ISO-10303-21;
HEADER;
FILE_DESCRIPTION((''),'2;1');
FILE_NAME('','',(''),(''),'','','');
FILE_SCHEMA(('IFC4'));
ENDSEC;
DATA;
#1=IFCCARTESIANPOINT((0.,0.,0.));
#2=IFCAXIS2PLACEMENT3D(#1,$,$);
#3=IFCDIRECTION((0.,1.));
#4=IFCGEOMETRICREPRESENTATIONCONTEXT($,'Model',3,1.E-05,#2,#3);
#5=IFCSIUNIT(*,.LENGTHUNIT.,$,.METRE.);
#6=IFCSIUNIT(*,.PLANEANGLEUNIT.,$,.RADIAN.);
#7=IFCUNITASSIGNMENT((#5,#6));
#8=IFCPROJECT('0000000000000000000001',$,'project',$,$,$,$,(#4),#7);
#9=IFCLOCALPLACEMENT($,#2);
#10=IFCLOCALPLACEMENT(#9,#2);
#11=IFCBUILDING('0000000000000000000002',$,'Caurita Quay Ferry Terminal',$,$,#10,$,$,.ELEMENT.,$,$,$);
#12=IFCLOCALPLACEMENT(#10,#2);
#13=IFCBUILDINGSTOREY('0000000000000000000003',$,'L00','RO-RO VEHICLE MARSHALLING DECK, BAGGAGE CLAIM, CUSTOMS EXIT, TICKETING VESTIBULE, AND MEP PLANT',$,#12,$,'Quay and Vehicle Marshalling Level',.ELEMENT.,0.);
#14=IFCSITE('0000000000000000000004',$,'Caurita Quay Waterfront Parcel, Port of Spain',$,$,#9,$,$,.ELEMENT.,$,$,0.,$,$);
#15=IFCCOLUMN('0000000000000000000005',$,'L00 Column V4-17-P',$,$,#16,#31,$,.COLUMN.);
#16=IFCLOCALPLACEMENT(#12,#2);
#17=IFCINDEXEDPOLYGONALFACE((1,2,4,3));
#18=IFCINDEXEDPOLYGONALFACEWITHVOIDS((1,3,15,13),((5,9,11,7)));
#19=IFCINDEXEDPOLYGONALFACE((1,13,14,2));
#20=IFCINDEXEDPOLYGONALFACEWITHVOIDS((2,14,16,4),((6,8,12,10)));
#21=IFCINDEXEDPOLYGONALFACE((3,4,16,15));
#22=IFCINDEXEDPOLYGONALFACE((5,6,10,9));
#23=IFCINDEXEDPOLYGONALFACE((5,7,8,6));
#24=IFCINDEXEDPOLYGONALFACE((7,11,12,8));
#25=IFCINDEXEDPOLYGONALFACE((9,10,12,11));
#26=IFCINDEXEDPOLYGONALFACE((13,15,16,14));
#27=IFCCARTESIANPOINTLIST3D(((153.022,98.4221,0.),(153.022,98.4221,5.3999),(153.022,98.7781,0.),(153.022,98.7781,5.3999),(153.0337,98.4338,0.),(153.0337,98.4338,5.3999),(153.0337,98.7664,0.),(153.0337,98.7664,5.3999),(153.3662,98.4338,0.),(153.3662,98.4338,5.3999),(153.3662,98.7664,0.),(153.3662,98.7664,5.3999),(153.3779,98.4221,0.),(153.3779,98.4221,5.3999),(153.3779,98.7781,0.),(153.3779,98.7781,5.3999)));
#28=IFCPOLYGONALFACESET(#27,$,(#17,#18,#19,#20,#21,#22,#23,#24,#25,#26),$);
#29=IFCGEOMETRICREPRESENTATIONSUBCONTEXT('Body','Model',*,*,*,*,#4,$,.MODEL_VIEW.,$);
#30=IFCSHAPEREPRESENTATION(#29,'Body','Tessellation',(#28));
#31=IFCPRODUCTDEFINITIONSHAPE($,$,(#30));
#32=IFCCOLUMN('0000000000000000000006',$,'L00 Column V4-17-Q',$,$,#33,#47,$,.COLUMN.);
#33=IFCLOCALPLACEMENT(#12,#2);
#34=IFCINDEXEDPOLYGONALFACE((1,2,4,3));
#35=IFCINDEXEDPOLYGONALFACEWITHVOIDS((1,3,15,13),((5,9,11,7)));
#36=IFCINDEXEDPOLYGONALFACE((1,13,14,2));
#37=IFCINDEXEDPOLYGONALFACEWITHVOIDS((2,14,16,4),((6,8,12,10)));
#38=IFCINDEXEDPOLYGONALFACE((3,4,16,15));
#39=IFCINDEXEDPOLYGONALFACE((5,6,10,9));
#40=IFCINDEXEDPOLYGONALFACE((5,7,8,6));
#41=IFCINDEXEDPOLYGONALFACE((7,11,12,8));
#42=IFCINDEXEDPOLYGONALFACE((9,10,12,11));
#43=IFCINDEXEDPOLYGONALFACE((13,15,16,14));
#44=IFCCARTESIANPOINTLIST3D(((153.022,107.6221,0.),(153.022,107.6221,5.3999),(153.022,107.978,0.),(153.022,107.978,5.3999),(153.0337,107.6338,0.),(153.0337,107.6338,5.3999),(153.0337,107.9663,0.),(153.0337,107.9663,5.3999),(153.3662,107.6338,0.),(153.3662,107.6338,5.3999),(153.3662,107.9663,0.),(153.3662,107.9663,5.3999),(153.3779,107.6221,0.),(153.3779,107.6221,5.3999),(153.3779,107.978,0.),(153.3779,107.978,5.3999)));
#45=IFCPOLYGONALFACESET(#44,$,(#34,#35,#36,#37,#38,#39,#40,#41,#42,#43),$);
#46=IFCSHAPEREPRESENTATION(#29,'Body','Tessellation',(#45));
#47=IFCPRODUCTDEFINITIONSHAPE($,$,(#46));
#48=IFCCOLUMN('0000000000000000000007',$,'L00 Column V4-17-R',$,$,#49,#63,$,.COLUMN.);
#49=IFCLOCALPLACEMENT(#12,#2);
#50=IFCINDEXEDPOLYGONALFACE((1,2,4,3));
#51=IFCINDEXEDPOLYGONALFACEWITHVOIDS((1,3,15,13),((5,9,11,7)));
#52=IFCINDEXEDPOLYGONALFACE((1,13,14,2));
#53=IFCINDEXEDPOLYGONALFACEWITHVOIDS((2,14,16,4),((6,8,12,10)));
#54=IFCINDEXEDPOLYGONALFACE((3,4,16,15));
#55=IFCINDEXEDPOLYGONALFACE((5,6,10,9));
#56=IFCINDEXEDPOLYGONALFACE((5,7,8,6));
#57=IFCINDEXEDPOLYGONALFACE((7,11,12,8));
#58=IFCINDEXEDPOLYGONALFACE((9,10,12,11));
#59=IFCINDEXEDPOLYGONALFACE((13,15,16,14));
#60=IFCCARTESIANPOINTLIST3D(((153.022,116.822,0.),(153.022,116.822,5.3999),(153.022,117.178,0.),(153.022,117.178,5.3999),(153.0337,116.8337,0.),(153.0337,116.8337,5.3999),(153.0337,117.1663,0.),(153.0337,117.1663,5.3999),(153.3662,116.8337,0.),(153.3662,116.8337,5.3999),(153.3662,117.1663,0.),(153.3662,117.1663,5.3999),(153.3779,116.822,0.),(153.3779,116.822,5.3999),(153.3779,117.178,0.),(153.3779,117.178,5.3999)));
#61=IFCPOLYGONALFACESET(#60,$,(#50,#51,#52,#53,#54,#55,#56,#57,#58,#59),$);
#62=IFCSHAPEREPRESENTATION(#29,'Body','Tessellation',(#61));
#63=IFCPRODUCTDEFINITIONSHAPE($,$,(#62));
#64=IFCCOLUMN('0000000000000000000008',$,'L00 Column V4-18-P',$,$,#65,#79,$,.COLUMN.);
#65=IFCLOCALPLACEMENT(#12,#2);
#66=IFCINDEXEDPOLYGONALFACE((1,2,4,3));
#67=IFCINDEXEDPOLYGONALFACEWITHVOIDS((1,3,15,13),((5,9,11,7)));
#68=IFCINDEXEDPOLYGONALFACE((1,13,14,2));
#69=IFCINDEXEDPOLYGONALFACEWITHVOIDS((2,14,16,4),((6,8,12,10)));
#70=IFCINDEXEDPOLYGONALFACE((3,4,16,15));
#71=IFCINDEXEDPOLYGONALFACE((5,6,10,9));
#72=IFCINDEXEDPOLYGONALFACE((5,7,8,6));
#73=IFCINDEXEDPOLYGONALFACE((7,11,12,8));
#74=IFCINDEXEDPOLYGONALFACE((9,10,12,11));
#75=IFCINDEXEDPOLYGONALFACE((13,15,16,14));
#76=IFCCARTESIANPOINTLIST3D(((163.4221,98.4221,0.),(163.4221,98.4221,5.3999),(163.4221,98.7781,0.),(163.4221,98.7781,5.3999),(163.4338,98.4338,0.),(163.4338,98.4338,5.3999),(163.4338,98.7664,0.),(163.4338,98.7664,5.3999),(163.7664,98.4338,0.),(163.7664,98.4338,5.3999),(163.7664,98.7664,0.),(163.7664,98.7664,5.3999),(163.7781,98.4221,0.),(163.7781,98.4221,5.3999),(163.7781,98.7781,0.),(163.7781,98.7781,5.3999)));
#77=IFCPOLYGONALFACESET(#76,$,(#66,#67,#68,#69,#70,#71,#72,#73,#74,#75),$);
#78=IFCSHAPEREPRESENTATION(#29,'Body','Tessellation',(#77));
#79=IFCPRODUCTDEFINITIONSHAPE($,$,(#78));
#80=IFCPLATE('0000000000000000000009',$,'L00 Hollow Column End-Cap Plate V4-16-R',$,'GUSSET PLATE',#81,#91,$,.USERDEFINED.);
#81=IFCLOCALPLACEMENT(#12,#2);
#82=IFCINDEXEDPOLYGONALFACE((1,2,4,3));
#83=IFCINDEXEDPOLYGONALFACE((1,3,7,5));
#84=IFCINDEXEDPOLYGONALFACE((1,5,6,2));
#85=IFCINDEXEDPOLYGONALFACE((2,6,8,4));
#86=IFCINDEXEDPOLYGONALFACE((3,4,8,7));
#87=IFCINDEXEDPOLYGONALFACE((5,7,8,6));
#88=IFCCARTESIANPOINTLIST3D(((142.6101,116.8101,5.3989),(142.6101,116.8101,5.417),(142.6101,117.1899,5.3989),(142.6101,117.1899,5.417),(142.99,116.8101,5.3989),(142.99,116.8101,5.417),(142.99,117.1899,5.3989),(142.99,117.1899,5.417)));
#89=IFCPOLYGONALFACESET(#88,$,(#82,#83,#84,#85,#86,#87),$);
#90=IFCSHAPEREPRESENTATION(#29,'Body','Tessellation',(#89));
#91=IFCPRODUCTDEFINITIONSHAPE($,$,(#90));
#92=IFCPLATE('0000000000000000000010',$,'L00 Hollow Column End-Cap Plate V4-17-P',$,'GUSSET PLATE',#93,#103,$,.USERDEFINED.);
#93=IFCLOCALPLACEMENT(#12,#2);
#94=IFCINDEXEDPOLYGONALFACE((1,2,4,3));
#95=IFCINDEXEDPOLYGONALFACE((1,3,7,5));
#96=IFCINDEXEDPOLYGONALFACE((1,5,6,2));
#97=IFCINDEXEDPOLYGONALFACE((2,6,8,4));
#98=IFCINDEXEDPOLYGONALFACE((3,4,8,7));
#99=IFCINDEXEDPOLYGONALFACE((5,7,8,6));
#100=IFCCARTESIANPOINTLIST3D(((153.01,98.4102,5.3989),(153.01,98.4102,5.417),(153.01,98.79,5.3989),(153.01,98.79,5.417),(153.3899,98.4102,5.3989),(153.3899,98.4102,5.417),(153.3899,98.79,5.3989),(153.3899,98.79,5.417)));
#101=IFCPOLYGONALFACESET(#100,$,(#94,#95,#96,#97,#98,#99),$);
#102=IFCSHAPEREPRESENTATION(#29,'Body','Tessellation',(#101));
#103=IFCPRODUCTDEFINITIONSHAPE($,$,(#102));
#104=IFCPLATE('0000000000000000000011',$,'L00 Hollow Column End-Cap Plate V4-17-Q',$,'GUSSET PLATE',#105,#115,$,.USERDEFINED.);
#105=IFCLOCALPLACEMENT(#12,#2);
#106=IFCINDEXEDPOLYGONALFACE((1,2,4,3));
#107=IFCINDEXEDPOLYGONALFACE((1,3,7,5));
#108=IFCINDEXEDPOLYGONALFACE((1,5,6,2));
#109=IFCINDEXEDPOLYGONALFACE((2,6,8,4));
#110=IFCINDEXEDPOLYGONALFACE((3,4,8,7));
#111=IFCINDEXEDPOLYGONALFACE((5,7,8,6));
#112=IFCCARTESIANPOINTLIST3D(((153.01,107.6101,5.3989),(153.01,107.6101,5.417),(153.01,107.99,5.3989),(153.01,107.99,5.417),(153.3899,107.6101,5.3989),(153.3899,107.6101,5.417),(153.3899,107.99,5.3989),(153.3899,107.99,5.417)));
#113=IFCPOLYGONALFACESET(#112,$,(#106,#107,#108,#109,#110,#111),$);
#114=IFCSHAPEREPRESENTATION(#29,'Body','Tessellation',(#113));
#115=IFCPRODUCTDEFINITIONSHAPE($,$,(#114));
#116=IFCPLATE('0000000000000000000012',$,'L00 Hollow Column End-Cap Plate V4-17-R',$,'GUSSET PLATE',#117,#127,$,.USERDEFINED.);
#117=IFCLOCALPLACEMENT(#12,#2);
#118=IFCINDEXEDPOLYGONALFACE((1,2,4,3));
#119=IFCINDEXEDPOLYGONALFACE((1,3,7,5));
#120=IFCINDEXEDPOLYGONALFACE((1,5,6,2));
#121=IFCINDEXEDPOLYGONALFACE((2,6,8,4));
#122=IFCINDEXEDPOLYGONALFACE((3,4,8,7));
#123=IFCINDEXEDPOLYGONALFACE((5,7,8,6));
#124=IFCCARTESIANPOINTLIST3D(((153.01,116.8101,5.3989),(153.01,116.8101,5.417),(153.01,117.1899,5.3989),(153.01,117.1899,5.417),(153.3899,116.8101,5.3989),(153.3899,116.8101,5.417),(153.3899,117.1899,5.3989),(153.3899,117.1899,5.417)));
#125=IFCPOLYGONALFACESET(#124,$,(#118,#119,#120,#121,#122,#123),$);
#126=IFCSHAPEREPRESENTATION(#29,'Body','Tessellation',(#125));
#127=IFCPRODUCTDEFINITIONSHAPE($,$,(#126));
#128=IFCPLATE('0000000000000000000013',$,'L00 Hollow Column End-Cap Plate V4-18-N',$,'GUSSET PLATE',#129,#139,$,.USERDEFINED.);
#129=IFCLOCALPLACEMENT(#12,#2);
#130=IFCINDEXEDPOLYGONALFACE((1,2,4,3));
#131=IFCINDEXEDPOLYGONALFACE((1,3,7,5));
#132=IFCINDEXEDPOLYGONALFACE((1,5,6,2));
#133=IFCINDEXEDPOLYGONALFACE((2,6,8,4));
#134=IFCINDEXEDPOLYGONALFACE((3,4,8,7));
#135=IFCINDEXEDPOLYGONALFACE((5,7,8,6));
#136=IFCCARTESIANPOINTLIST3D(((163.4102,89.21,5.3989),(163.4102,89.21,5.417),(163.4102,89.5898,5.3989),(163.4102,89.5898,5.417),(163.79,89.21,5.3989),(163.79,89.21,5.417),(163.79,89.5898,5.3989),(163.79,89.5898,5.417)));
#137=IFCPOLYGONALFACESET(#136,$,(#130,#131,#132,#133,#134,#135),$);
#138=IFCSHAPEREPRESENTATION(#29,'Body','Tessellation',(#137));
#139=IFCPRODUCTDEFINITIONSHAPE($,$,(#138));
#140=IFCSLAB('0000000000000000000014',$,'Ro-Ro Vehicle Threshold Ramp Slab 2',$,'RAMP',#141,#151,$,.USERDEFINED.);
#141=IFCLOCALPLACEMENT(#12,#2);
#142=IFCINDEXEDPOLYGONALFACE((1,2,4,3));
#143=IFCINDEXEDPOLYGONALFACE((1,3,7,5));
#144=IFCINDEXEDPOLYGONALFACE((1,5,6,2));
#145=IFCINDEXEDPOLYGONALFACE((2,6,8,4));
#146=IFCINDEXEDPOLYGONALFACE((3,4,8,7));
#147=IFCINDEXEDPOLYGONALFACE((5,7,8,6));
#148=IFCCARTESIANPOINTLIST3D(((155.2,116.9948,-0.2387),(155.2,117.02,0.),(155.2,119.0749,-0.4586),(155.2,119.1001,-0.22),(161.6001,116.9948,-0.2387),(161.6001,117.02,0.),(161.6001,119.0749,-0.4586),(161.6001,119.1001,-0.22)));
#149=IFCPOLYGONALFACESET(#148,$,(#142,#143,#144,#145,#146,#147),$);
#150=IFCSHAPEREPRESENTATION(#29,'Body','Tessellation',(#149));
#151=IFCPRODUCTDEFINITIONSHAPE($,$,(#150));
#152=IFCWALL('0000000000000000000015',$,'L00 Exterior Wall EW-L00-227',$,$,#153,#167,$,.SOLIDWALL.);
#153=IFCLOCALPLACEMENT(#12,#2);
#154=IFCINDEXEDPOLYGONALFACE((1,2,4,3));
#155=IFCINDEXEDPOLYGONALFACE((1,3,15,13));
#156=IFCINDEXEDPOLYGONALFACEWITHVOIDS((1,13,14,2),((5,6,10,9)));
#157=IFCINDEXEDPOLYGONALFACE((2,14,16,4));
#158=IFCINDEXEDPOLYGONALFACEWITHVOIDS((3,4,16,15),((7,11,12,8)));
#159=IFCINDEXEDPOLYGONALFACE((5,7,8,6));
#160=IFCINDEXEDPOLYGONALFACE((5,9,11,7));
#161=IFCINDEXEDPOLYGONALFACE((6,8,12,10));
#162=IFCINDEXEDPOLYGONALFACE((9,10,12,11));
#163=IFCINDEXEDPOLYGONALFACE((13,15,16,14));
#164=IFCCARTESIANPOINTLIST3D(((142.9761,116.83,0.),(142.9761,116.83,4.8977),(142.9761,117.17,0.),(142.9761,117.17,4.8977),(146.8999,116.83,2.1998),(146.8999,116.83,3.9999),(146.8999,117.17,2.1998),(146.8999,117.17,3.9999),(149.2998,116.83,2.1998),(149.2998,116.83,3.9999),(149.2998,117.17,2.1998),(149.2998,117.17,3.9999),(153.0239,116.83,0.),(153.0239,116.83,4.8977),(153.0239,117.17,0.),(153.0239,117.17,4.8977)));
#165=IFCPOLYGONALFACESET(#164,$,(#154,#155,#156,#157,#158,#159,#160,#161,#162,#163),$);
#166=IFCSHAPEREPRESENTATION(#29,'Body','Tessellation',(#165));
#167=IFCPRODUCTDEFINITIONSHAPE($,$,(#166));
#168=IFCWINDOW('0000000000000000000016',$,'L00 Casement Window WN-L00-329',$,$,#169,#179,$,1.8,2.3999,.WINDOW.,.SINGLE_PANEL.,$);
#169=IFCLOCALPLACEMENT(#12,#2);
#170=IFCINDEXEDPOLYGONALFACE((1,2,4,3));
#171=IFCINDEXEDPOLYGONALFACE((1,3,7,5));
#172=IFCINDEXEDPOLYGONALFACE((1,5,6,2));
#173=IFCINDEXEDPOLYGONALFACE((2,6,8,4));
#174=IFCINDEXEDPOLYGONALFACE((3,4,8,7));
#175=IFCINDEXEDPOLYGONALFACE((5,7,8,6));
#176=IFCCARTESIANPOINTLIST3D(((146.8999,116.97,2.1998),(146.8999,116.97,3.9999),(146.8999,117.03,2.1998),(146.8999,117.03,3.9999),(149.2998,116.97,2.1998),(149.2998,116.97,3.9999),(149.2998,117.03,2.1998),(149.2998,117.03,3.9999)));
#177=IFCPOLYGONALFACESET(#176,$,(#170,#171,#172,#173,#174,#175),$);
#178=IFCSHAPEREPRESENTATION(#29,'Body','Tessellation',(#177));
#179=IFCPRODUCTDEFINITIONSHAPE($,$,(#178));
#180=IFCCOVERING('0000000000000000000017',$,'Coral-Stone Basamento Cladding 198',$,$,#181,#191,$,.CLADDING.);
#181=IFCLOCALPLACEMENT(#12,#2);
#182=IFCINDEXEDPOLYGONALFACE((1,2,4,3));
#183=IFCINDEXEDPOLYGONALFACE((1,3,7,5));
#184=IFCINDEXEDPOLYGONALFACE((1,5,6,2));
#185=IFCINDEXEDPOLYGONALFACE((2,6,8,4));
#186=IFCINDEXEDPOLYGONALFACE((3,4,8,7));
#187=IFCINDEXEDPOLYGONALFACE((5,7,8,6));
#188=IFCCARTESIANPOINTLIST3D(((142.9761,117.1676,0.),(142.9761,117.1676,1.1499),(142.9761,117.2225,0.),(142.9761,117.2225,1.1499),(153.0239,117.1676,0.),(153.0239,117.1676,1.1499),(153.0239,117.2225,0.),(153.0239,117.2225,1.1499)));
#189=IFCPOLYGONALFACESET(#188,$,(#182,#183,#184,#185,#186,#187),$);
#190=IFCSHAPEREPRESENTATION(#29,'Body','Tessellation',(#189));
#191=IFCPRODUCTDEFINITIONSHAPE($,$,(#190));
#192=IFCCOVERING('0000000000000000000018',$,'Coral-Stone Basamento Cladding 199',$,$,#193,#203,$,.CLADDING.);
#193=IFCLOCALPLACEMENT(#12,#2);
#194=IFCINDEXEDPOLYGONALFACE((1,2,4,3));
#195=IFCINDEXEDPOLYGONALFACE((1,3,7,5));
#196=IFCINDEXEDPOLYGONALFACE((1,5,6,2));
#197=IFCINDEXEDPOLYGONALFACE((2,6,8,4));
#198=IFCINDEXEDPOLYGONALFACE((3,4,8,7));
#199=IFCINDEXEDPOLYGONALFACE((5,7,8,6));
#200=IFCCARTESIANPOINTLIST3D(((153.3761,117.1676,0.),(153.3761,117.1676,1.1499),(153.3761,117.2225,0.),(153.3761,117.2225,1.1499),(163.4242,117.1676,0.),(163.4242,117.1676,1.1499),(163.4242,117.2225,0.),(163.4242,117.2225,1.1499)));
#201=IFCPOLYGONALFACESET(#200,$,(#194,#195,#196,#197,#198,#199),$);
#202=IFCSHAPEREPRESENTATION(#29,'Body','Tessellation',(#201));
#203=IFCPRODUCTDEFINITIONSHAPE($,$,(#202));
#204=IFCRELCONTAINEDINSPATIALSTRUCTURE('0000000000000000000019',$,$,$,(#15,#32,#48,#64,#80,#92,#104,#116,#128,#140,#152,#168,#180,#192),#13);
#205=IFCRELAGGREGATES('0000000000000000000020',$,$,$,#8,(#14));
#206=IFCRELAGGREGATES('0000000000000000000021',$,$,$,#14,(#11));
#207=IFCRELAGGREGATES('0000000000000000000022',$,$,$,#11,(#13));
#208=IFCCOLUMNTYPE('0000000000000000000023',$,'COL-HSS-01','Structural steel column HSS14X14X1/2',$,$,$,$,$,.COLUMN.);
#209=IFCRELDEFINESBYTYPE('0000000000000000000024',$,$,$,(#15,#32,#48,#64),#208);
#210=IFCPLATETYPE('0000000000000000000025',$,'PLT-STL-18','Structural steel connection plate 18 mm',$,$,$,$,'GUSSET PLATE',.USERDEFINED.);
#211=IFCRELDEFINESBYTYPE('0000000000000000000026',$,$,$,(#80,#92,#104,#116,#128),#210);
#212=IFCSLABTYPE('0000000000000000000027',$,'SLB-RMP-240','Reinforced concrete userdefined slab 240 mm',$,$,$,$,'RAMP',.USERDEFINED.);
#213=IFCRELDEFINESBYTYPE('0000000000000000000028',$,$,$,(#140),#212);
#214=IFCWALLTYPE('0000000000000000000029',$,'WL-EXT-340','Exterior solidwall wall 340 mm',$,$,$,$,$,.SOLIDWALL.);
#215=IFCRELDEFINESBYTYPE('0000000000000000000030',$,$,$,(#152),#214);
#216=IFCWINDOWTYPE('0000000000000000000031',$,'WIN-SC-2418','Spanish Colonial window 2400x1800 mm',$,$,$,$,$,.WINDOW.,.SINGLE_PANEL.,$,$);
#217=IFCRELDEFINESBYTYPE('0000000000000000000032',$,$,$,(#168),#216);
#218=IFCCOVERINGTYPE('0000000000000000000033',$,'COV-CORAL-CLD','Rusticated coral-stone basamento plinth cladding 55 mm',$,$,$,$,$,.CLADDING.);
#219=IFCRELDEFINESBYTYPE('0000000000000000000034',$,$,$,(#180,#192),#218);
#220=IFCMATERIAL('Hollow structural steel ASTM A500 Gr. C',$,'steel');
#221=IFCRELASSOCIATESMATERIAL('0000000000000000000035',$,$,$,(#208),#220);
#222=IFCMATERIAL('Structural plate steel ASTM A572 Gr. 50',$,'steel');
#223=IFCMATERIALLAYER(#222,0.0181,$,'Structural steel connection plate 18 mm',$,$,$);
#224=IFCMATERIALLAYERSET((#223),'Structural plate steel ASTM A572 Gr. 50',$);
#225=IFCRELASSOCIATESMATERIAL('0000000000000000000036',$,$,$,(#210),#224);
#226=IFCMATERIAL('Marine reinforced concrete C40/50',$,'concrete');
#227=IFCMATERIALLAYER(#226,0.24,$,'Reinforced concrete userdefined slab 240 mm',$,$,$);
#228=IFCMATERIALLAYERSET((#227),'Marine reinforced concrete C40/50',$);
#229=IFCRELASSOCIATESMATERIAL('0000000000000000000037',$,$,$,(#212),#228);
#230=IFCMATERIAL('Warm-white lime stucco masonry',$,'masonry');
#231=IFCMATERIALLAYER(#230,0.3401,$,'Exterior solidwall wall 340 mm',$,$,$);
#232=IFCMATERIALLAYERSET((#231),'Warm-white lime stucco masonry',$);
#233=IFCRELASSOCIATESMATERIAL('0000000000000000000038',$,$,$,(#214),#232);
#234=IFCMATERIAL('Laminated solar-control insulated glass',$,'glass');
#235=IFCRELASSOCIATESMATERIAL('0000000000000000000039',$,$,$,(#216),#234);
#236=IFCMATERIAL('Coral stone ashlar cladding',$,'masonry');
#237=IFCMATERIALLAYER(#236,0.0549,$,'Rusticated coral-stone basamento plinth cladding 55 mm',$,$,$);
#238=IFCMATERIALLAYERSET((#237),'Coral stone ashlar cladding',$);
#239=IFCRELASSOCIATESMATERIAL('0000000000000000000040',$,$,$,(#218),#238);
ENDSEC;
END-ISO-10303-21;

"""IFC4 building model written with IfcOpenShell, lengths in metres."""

from ifc_helpers import new_model, si_unit, direction, frame, frame_2d, origin, origin_2d, place, context, subcontext, project, spatial, polyline, rectangle, hollow_rectangle, outline, extrude, material, layer, layer_set, material_profile, profile_set, type_object, element, fill, save


model = new_model("IFC4")

# Units and contexts
model_context = context("Model", 3, precision=1e-05, world=origin(), true_north=direction((0.0, 1.0)))
body_context = subcontext(model_context, "Body", "Model", "MODEL_VIEW")
ifc_project = project(units=[si_unit("LENGTHUNIT", "METRE"), si_unit("PLANEANGLEUNIT", "RADIAN")], contexts=[model_context])

# Site, building, storey
site_placement = place(None, origin())
site = spatial("IfcSite", under=ifc_project, at=site_placement, Name="Caurita Quay Waterfront Parcel, Port of Spain", CompositionType="ELEMENT", RefElevation=0.0)
building_placement = place(site_placement, origin())
building = spatial("IfcBuilding", under=site, at=building_placement, Name="Caurita Quay Ferry Terminal", CompositionType="ELEMENT")
storey_placement = place(building_placement, origin())
storey = spatial("IfcBuildingStorey", under=building, at=storey_placement, Name="L00", Description="RO-RO VEHICLE MARSHALLING DECK, BAGGAGE CLAIM, CUSTOMS EXIT, TICKETING VESTIBULE, AND MEP PLANT", LongName="Quay and Vehicle Marshalling Level", CompositionType="ELEMENT", Elevation=0.0)

# Shared definitions
ifc_material_1 = material(Name="Marine reinforced concrete C40/50", Category="concrete")

# Columns
ifc_material_2 = material(Name="Hollow structural steel ASTM A500 Gr. C", Category="steel")
ifc_material_profile_1 = material_profile(ifc_material_2, hollow_rectangle(XDim=0.356, YDim=0.356, WallThickness=0.0117, at=origin_2d()), Name="HSS14X14X1/2")
ifc_profile_set_1 = profile_set([ifc_material_profile_1], Name="Hollow structural steel ASTM A500 Gr. C")
column_type = type_object("IfcColumnType", Name="COL-HSS-01", Description="Structural steel column HSS14X14X1/2", PredefinedType="COLUMN", material=ifc_profile_set_1)
for number, where, z_axis, x_axis, name in (
    (1, (153.2, 98.6001, 0.0), (0.0, 0.0, 1.0), (1.0, 0.0, 0.0), "L00 Column V4-17-P"),
    (2, (153.2, 107.8, 0.0), (0.0, 0.0, 1.0), (1.0, 0.0, 0.0), "L00 Column V4-17-Q"),
    (3, (153.2, 117.0, 0.0), (0.0, 0.0, 1.0), (1.0, 0.0, 0.0), "L00 Column V4-17-R"),
    (4, (163.6001, 98.6001, 0.0), (0.0, 0.0, 1.0), (1.0, 0.0, 0.0), "L00 Column V4-18-P"),
):
    element("IfcColumn", number, at=place(storey_placement, frame(where, z_axis=z_axis, x_axis=x_axis)), inside=storey, type_object=column_type, Name=name, PredefinedType="COLUMN", context=body_context, shape_type="SweptSolid", body=[
        extrude(hollow_rectangle(XDim=0.356, YDim=0.356, WallThickness=0.0117, at=origin_2d()), origin(), (0.0, 0.0, 1.0), 5.3999),
    ])

# Plates
ifc_material_3 = material(Name="Structural plate steel ASTM A572 Gr. 50", Category="steel")
ifc_layer_1 = layer(ifc_material_3, 0.0181, Name="Structural steel connection plate 18 mm")
ifc_layer_set_1 = layer_set([ifc_layer_1], Name="Structural plate steel ASTM A572 Gr. 50")
plate_type = type_object("IfcPlateType", Name="PLT-STL-18", Description="Structural steel connection plate 18 mm", ElementType="GUSSET PLATE", PredefinedType="USERDEFINED", material=ifc_layer_set_1)
for number, where, z_axis, x_axis, name in (
    (5, (142.8, 117.0, 5.3989), (0.0, 0.0, 1.0), (1.0, 0.0, 0.0), "L00 Hollow Column End-Cap Plate V4-16-R"),
    (6, (153.2, 98.6001, 5.3989), (0.0, 0.0, 1.0), (1.0, 0.0, 0.0), "L00 Hollow Column End-Cap Plate V4-17-P"),
    (7, (153.2, 107.8, 5.3989), (0.0, 0.0, 1.0), (1.0, 0.0, 0.0), "L00 Hollow Column End-Cap Plate V4-17-Q"),
    (8, (153.2, 117.0, 5.3989), (0.0, 0.0, 1.0), (1.0, 0.0, 0.0), "L00 Hollow Column End-Cap Plate V4-17-R"),
    (9, (163.6001, 89.3999, 5.3989), (0.0, 0.0, 1.0), (1.0, 0.0, 0.0), "L00 Hollow Column End-Cap Plate V4-18-N"),
):
    element("IfcPlate", number, at=place(storey_placement, frame(where, z_axis=z_axis, x_axis=x_axis)), inside=storey, type_object=plate_type, Name=name, ObjectType="GUSSET PLATE", PredefinedType="USERDEFINED", context=body_context, shape_type="SweptSolid", body=[
        extrude(rectangle(XDim=0.3799, YDim=0.3799, at=origin_2d()), origin(), (0.0, 0.0, 1.0), 0.0181),
    ])

# Slab
ifc_layer_2 = layer(ifc_material_1, 0.24, Name="Reinforced concrete userdefined slab 240 mm")
ifc_layer_set_2 = layer_set([ifc_layer_2], Name="Marine reinforced concrete C40/50")
slab_type = type_object("IfcSlabType", Name="SLB-RMP-240", Description="Reinforced concrete userdefined slab 240 mm", ElementType="RAMP", PredefinedType="USERDEFINED", material=ifc_layer_set_2)
slab_placement = place(storey_placement, frame((155.2, 117.02, 0.0), z_axis=(0.0, 0.105165, 0.994455), x_axis=(1.0, 0.0, 0.0)))
element("IfcSlab", 10, at=slab_placement, inside=storey, type_object=slab_type, Name="Ro-Ro Vehicle Threshold Ramp Slab 2", ObjectType="RAMP", PredefinedType="USERDEFINED", context=body_context, shape_type="SweptSolid", body=[
    extrude(outline(polyline([(0.0, 0.0), (6.4001, 0.0), (6.4001, 2.0917), (0.0, 2.0917), (0.0, 0.0)])), origin(), (0.0, 0.0, -1.0), 0.24),
])

# Wall, opening, window
ifc_material_4 = material(Name="Warm-white lime stucco masonry", Category="masonry")
ifc_layer_3 = layer(ifc_material_4, 0.3401, Name="Exterior solidwall wall 340 mm")
ifc_layer_set_3 = layer_set([ifc_layer_3], Name="Warm-white lime stucco masonry")
wall_type = type_object("IfcWallType", Name="WL-EXT-340", Description="Exterior solidwall wall 340 mm", PredefinedType="SOLIDWALL", material=ifc_layer_set_3)
wall_1_placement = place(storey_placement, frame((153.0239, 117.0, 0.0), z_axis=(0.0, 0.0, 1.0), x_axis=(-1.0, 0.0, 0.0)))
wall_1 = element("IfcWall", 11, at=wall_1_placement, inside=storey, type_object=wall_type, Name="L00 Exterior Wall EW-L00-227", PredefinedType="SOLIDWALL", context=body_context, shape_type="SweptSolid", body=[
    extrude(rectangle(XDim=10.0479, YDim=0.3401, at=frame_2d((5.0239, 0.0))), origin(), (0.0, 0.0, 1.0), 4.8977),
])
opening_1_placement = place(wall_1_placement, frame((3.7241, 0.0, 2.2)))
opening_1 = element("IfcOpeningElement", 12, at=opening_1_placement, cuts=wall_1, PredefinedType="OPENING", context=body_context, shape_type="SweptSolid", body=[
    extrude(rectangle(XDim=2.3999, YDim=1.8, at=frame_2d((1.2, 0.8999))), frame((0.0, 0.1799, 0.0), z_axis=(0.0, -1.0, 0.0), x_axis=(1.0, 0.0, 0.0)), (0.0, 0.0, 1.0), 0.3601),
])
ifc_material_5 = material(Name="Laminated solar-control insulated glass", Category="glass")
window_type = type_object("IfcWindowType", Name="WIN-SC-2418", Description="Spanish Colonial window 2400x1800 mm", PartitioningType="SINGLE_PANEL", PredefinedType="WINDOW", material=ifc_material_5)
window_placement = place(opening_1_placement, origin())
window = element("IfcWindow", 13, at=window_placement, inside=storey, type_object=window_type, Name="L00 Casement Window WN-L00-329", OverallHeight=1.8, OverallWidth=2.3999, PartitioningType="SINGLE_PANEL", PredefinedType="WINDOW", context=body_context, shape_type="SweptSolid", body=[
    extrude(rectangle(XDim=2.3999, YDim=1.8, at=frame_2d((1.2, 0.8999))), frame((0.0, 0.03, 0.0), z_axis=(0.0, -1.0, 0.0), x_axis=(1.0, 0.0, 0.0)), (0.0, 0.0, 1.0), 0.0601),
])
fill(opening_1, window)

# Coverings
ifc_material_6 = material(Name="Coral stone ashlar cladding", Category="masonry")
ifc_layer_4 = layer(ifc_material_6, 0.0549, Name="Rusticated coral-stone basamento plinth cladding 55 mm")
ifc_layer_set_4 = layer_set([ifc_layer_4], Name="Coral stone ashlar cladding")
covering_type_1 = type_object("IfcCoveringType", Name="COV-CORAL-CLD", Description="Rusticated coral-stone basamento plinth cladding 55 mm", PredefinedType="CLADDING", material=ifc_layer_set_4)
covering_1_placement = place(storey_placement, frame((153.0239, 117.1951, 0.0), z_axis=(0.0, 0.0, 1.0), x_axis=(-1.0, 0.0, 0.0)))
element("IfcCovering", 14, at=covering_1_placement, inside=storey, type_object=covering_type_1, Name="Coral-Stone Basamento Cladding 198", PredefinedType="CLADDING", context=body_context, shape_type="SweptSolid", body=[
    extrude(rectangle(XDim=10.0479, YDim=0.0549, at=frame_2d((5.0239, 0.0))), origin(), (0.0, 0.0, 1.0), 1.1499),
])
covering_2_placement = place(storey_placement, frame((163.4241, 117.1951, 0.0), z_axis=(0.0, 0.0, 1.0), x_axis=(-1.0, 0.0, 0.0)))
element("IfcCovering", 15, at=covering_2_placement, inside=storey, type_object=covering_type_1, Name="Coral-Stone Basamento Cladding 199", PredefinedType="CLADDING", context=body_context, shape_type="SweptSolid", body=[
    extrude(rectangle(XDim=10.0481, YDim=0.0549, at=frame_2d((5.0239, 0.0))), origin(), (0.0, 0.0, 1.0), 1.1499),
])

save(model, "model.ifc")
